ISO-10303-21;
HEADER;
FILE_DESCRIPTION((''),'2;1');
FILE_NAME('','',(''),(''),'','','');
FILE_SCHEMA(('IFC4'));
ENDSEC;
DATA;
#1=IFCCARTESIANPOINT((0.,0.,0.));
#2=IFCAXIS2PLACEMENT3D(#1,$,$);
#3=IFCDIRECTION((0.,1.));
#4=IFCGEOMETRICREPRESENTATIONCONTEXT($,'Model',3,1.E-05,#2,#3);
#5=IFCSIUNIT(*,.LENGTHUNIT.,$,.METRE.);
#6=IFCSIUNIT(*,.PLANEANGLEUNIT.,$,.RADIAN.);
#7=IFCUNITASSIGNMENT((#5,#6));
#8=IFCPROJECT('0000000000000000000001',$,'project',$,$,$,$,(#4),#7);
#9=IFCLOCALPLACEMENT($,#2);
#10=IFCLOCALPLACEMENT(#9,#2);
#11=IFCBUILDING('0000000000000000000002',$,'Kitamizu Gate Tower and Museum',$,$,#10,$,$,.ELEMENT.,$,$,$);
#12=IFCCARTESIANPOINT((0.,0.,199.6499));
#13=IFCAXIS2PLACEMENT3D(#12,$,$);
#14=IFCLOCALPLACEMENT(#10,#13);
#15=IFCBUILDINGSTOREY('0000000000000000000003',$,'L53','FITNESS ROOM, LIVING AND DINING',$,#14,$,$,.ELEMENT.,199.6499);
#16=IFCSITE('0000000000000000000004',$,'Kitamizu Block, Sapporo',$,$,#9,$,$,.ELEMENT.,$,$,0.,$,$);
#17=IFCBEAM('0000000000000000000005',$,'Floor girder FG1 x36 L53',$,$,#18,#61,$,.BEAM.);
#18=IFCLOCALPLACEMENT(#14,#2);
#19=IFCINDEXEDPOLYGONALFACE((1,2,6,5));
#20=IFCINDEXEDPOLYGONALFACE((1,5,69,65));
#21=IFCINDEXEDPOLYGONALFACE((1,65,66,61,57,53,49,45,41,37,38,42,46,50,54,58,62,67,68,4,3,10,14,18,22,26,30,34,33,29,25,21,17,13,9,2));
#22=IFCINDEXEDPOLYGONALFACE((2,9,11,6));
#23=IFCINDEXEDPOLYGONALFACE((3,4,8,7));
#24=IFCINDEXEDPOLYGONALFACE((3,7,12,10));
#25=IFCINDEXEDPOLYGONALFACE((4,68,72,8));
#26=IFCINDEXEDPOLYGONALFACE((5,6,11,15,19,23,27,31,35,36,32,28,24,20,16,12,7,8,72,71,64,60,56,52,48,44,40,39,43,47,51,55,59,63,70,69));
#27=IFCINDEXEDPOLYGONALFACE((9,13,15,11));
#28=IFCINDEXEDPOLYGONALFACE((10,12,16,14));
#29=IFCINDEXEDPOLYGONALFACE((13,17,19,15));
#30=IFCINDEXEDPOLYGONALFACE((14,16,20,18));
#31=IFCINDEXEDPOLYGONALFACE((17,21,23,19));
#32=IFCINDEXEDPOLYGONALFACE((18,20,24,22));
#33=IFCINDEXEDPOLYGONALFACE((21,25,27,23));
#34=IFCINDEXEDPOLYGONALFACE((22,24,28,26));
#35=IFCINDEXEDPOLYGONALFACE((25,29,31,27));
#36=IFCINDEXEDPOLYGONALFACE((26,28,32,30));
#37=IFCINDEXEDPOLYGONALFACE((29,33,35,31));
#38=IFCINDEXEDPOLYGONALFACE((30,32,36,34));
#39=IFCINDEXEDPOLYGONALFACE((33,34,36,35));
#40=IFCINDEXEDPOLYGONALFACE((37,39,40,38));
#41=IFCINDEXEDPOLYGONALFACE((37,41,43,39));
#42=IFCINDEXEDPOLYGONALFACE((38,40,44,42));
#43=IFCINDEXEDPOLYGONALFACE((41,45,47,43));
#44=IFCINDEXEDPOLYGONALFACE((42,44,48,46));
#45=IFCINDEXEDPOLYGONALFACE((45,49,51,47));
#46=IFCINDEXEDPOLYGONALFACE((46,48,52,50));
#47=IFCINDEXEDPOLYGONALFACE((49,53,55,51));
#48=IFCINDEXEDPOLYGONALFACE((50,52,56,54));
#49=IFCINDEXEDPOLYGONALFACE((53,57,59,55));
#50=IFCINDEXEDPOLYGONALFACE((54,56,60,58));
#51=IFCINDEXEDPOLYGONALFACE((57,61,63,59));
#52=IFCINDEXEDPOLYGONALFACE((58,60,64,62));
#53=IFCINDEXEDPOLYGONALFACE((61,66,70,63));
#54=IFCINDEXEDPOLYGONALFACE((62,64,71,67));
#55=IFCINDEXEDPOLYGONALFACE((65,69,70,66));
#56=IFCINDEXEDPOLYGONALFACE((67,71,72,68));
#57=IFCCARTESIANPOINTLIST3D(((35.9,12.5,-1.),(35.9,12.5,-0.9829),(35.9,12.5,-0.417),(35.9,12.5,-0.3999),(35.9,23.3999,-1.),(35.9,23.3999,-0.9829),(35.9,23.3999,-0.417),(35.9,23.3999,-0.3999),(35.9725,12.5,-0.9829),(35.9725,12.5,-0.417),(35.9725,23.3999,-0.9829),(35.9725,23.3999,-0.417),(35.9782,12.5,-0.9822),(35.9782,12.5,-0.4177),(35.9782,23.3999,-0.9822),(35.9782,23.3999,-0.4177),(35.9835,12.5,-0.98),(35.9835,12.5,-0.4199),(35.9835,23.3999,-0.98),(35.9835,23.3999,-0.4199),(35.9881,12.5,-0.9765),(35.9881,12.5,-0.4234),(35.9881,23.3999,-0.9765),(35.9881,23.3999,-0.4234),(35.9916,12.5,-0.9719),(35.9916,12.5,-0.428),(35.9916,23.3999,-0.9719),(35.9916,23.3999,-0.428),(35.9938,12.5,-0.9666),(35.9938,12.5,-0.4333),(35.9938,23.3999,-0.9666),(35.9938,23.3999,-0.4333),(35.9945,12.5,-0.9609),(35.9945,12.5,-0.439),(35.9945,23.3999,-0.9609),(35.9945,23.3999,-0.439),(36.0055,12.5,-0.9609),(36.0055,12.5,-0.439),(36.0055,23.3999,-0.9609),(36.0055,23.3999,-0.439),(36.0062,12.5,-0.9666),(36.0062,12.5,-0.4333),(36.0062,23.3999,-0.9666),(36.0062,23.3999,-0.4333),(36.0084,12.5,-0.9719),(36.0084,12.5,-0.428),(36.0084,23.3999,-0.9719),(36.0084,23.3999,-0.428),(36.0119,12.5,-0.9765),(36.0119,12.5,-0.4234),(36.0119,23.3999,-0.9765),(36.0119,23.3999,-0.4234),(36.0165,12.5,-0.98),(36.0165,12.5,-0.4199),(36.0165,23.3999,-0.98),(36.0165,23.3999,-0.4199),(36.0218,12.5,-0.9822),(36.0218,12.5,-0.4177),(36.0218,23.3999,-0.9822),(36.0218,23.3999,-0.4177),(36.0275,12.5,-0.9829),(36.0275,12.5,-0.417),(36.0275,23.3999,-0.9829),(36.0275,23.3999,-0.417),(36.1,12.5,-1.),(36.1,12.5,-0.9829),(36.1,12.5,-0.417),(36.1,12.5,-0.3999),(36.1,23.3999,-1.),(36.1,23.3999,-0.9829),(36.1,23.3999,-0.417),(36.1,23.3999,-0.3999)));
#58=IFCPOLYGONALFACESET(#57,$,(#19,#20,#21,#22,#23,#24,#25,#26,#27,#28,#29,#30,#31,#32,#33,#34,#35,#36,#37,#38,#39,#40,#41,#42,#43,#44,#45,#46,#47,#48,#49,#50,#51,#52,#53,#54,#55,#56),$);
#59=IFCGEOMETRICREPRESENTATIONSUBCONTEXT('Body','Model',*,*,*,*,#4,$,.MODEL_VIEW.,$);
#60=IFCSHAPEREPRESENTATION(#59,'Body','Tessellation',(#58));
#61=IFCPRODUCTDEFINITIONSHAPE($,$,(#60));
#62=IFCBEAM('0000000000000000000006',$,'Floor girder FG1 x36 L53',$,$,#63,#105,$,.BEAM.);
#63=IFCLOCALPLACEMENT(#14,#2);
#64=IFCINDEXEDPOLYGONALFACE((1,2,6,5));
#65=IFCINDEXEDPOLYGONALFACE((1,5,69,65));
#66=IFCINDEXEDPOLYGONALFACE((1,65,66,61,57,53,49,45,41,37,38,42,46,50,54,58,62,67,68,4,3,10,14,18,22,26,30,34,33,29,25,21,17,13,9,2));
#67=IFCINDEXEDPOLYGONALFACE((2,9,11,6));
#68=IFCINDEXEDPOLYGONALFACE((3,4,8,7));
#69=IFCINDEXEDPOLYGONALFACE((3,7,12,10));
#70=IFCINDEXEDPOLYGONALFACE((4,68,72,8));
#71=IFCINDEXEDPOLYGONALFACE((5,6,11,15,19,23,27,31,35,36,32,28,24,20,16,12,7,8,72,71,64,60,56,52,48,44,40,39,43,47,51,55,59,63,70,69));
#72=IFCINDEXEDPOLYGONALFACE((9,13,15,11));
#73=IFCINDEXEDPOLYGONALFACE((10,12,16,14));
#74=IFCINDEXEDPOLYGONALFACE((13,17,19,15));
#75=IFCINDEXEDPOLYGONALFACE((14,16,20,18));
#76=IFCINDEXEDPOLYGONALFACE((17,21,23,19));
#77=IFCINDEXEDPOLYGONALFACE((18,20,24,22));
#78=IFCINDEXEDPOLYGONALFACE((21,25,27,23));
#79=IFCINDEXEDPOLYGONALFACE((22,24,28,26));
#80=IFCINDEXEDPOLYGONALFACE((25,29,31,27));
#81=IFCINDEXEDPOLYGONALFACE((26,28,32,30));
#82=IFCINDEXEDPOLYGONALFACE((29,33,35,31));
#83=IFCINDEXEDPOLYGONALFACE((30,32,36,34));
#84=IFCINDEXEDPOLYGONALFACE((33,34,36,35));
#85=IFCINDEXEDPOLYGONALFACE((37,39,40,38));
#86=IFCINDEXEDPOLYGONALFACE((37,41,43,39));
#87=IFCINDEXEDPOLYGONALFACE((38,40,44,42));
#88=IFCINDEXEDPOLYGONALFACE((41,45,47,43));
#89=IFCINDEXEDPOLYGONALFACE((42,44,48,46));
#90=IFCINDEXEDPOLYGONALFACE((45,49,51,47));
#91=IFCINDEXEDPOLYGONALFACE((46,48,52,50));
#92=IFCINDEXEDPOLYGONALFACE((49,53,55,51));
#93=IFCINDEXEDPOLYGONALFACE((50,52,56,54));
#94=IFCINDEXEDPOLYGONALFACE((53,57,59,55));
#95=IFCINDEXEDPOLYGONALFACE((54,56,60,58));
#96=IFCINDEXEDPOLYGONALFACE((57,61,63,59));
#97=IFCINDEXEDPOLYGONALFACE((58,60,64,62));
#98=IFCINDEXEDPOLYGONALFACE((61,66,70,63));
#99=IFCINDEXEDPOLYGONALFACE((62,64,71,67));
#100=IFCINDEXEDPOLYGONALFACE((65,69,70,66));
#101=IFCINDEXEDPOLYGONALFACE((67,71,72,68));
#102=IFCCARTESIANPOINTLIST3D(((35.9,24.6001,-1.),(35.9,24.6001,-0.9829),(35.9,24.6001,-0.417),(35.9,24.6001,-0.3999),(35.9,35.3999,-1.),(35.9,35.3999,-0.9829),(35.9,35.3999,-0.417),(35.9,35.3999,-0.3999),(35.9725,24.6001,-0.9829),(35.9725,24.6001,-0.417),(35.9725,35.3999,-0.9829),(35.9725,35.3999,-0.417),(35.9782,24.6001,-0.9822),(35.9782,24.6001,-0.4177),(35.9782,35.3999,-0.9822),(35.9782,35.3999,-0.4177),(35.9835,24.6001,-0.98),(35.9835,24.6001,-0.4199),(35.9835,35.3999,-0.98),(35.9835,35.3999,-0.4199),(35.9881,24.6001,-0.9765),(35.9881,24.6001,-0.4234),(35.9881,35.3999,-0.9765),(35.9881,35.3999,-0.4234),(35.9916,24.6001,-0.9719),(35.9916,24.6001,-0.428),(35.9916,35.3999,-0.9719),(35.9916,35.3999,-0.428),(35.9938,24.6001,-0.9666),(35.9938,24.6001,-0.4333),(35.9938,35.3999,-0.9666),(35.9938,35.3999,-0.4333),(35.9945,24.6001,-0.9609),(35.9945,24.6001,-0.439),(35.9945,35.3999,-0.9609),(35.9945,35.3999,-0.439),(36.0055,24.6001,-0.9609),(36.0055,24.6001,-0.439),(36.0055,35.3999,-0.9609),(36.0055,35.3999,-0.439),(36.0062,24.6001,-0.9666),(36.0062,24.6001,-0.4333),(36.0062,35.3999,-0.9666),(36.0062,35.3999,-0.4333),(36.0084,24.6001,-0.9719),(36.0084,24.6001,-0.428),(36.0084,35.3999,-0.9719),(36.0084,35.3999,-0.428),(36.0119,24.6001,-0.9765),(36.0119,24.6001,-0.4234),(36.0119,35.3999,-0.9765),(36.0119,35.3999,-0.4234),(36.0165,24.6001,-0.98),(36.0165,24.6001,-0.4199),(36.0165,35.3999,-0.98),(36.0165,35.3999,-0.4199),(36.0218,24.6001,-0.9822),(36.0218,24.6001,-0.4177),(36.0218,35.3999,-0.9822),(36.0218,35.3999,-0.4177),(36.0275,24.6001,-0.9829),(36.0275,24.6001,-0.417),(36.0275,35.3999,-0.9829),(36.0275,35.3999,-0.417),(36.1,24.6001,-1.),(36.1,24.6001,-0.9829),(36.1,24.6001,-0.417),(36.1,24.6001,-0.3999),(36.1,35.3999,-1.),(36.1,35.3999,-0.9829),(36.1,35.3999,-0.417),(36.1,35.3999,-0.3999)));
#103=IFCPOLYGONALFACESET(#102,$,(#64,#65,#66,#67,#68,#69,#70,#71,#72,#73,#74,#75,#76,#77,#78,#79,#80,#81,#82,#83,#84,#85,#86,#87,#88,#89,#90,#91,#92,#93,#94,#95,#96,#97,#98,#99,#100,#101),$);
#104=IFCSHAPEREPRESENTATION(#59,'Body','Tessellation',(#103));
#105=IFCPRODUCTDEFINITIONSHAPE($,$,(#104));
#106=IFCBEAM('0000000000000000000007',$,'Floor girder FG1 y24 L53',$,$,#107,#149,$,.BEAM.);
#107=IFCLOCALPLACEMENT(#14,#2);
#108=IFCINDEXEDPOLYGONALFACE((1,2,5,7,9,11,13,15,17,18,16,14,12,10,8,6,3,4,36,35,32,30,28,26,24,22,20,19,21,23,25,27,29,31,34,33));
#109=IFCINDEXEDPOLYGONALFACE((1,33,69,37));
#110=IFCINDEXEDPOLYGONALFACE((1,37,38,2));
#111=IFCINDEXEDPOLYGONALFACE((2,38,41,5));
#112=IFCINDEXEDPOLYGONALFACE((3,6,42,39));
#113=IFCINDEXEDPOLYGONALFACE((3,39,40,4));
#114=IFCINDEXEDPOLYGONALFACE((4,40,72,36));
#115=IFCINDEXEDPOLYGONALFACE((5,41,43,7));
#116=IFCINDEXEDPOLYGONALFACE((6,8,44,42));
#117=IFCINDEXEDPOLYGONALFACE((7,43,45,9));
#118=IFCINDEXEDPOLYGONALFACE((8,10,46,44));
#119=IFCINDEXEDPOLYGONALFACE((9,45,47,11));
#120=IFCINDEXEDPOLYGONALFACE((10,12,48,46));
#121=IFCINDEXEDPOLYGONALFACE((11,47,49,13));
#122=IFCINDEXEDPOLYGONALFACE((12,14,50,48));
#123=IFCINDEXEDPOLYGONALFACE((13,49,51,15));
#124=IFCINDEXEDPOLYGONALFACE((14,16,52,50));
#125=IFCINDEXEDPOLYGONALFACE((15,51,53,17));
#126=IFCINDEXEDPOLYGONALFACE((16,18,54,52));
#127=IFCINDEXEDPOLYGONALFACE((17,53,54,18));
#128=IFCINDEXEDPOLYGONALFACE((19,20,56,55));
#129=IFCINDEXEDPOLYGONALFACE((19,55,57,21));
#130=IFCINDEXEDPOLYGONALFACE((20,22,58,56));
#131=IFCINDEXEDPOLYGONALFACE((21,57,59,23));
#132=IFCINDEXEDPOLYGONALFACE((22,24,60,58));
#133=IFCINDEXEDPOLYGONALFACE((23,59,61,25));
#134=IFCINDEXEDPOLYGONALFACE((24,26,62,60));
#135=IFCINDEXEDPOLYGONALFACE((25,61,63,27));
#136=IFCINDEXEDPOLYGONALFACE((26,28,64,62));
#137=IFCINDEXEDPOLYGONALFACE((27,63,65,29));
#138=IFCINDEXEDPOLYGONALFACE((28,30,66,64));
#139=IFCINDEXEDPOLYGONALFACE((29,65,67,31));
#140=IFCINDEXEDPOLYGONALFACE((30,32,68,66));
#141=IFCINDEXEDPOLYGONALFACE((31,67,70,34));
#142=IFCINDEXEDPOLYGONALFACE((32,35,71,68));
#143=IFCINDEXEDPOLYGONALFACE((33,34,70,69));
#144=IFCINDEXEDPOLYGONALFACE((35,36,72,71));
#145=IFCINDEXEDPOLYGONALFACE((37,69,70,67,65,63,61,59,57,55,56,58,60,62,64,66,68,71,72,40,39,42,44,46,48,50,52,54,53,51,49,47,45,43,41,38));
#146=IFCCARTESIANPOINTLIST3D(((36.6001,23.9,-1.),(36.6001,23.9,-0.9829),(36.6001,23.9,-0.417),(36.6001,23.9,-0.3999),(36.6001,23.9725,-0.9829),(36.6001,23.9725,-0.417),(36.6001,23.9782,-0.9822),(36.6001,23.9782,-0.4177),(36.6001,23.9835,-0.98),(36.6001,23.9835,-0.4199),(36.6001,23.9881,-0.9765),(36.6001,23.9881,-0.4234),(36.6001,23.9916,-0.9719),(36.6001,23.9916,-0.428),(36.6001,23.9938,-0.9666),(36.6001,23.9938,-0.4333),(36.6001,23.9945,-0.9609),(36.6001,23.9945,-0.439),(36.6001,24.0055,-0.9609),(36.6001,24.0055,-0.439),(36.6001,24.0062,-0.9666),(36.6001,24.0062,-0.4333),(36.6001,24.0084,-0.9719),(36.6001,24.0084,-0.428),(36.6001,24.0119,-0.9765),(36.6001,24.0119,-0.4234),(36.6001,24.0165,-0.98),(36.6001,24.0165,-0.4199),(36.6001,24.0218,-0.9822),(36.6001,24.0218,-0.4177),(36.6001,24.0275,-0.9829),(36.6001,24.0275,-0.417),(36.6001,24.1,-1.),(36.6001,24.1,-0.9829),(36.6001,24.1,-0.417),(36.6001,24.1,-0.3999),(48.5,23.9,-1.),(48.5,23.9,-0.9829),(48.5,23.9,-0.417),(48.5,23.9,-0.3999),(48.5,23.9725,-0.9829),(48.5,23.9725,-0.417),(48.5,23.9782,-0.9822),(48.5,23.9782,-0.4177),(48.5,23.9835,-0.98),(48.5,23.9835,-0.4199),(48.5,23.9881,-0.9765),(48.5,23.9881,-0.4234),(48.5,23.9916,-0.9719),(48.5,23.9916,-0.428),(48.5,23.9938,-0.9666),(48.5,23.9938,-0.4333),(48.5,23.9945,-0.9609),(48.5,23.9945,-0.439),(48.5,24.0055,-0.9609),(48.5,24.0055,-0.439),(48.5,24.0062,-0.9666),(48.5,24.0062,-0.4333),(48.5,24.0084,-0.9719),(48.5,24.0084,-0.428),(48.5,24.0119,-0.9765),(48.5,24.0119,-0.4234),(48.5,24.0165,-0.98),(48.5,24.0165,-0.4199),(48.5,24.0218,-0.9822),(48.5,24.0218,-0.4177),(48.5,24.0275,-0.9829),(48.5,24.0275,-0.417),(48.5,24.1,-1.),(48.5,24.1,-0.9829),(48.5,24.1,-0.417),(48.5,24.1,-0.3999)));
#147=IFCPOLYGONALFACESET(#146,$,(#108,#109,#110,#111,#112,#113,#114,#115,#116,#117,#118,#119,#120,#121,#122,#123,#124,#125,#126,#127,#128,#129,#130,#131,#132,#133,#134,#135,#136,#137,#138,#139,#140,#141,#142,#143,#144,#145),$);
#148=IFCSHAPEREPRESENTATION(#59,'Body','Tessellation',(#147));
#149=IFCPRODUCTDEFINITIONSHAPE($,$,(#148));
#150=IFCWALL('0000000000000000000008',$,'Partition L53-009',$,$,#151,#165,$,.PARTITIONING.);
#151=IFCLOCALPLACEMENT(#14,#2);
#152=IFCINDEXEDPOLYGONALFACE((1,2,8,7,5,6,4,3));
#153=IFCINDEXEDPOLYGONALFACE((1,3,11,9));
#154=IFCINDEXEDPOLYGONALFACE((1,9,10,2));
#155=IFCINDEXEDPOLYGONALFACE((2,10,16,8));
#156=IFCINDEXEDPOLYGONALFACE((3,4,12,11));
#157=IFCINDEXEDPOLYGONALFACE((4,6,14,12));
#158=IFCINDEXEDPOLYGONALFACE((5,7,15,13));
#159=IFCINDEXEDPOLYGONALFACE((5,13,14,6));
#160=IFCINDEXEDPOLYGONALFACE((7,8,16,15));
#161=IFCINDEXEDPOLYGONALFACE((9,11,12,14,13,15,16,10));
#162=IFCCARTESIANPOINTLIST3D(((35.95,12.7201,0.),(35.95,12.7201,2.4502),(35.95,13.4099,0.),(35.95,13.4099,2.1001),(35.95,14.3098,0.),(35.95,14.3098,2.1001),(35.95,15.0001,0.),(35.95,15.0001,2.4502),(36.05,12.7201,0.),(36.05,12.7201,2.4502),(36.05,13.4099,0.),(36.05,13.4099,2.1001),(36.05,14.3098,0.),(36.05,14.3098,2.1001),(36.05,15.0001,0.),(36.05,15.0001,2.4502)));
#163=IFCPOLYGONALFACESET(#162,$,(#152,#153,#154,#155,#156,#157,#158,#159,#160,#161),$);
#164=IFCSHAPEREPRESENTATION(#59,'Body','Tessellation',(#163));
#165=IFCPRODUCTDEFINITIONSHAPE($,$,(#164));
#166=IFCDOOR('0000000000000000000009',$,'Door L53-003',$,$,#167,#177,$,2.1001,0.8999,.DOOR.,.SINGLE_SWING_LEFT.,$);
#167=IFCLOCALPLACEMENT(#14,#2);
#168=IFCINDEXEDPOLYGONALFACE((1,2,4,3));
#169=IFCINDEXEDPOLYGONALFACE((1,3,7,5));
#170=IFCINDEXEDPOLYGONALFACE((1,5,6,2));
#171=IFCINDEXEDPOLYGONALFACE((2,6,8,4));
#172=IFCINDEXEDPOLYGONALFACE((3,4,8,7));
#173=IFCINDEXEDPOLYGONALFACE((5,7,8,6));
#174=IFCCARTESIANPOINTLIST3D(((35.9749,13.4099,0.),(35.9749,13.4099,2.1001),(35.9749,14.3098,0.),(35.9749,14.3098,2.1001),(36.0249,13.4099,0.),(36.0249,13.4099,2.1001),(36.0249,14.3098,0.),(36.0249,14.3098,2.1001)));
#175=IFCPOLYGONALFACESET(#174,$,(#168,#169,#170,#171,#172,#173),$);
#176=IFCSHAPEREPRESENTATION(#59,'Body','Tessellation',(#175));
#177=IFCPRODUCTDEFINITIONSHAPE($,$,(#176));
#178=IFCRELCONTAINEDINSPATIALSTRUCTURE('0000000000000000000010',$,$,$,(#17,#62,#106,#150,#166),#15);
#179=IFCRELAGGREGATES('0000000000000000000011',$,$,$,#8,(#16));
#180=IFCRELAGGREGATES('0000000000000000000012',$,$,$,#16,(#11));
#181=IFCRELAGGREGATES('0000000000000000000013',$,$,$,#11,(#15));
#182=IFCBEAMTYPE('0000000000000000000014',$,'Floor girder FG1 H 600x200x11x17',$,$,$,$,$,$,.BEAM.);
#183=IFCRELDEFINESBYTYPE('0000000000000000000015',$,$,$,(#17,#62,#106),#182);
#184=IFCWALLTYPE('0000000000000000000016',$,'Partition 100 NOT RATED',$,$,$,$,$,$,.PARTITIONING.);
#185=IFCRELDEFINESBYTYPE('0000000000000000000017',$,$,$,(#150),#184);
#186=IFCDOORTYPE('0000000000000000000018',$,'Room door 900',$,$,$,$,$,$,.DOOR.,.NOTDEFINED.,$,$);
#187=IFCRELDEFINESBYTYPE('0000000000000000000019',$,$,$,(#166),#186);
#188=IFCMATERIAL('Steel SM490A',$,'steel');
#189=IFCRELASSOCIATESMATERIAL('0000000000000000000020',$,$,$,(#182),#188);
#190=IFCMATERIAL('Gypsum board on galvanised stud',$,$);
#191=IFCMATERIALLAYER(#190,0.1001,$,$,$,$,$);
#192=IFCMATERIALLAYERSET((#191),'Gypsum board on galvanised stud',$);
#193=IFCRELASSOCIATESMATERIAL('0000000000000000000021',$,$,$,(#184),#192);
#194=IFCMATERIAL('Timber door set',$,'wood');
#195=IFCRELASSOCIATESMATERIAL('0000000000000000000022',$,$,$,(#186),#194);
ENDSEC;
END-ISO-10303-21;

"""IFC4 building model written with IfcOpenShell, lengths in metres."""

from ifc_helpers import new_model, si_unit, direction, frame, frame_2d, origin, origin_2d, place, context, subcontext, project, spatial, rectangle, i_section, extrude, material, layer, layer_set, material_profile, profile_set, type_object, element, fill, save


model = new_model("IFC4")

# Units and contexts
model_context = context("Model", 3, precision=1e-05, world=origin(), true_north=direction((0.0, 1.0)))
body_context = subcontext(model_context, "Body", "Model", "MODEL_VIEW")
ifc_project = project(units=[si_unit("LENGTHUNIT", "METRE"), si_unit("PLANEANGLEUNIT", "RADIAN")], contexts=[model_context])

# Site, building, storey
site_placement = place(None, origin())
site = spatial("IfcSite", under=ifc_project, at=site_placement, Name="Kitamizu Block, Sapporo", CompositionType="ELEMENT", RefElevation=0.0)
building_placement = place(site_placement, origin())
building = spatial("IfcBuilding", under=site, at=building_placement, Name="Kitamizu Gate Tower and Museum", CompositionType="ELEMENT")
storey_placement = place(building_placement, frame((0.0, 0.0, 199.6499)))
storey = spatial("IfcBuildingStorey", under=building, at=storey_placement, Name="L53", Description="FITNESS ROOM, LIVING AND DINING", CompositionType="ELEMENT", Elevation=199.6499)

# Beams
ifc_material_1 = material(Name="Steel SM490A", Category="steel")
ifc_material_profile_1 = material_profile(ifc_material_1, i_section(OverallWidth=0.2, OverallDepth=0.6001, WebThickness=0.011, FlangeThickness=0.0171, FilletRadius=0.022, at=origin_2d()), Name="H-600x200x11x17")
ifc_profile_set_1 = profile_set([ifc_material_profile_1], Name="Steel SM490A")
beam_type_1 = type_object("IfcBeamType", Name="Floor girder FG1 H 600x200x11x17", PredefinedType="BEAM", material=ifc_profile_set_1)
beam_1_placement = place(storey_placement, frame((36.0, 12.5, -0.7), z_axis=(0.0, 1.0, 0.0), x_axis=(-1.0, 0.0, 0.0)))
element("IfcBeam", 1, at=beam_1_placement, inside=storey, type_object=beam_type_1, Name="Floor girder FG1 x36 L53", PredefinedType="BEAM", context=body_context, shape_type="SweptSolid", body=[
    extrude(i_section(OverallWidth=0.2, OverallDepth=0.6001, WebThickness=0.011, FlangeThickness=0.0171, FilletRadius=0.022, at=origin_2d()), origin(), (0.0, 0.0, 1.0), 10.8999),
])
beam_2_placement = place(storey_placement, frame((36.0, 24.6001, -0.7), z_axis=(0.0, 1.0, 0.0), x_axis=(-1.0, 0.0, 0.0)))
element("IfcBeam", 2, at=beam_2_placement, inside=storey, type_object=beam_type_1, Name="Floor girder FG1 x36 L53", PredefinedType="BEAM", context=body_context, shape_type="SweptSolid", body=[
    extrude(i_section(OverallWidth=0.2, OverallDepth=0.6001, WebThickness=0.011, FlangeThickness=0.0171, FilletRadius=0.022, at=origin_2d()), origin(), (0.0, 0.0, 1.0), 10.7998),
])
beam_3_placement = place(storey_placement, frame((36.6001, 24.0, -0.7), z_axis=(1.0, 0.0, 0.0), x_axis=(0.0, 1.0, 0.0)))
element("IfcBeam", 3, at=beam_3_placement, inside=storey, type_object=beam_type_1, Name="Floor girder FG1 y24 L53", PredefinedType="BEAM", context=body_context, shape_type="SweptSolid", body=[
    extrude(i_section(OverallWidth=0.2, OverallDepth=0.6001, WebThickness=0.011, FlangeThickness=0.0171, FilletRadius=0.022, at=origin_2d()), origin(), (0.0, 0.0, 1.0), 11.8999),
])

# Wall, opening, door
ifc_material_2 = material(Name="Gypsum board on galvanised stud")
ifc_layer_1 = layer(ifc_material_2, 0.1001)
ifc_layer_set_1 = layer_set([ifc_layer_1], Name="Gypsum board on galvanised stud")
wall_type_1 = type_object("IfcWallType", Name="Partition 100 NOT RATED", PredefinedType="PARTITIONING", material=ifc_layer_set_1)
wall_1_placement = place(storey_placement, frame((36.0, 12.72, 0.0), z_axis=(0.0, 0.0, 1.0), x_axis=(0.0, 1.0, 0.0)))
wall_1 = element("IfcWall", 4, at=wall_1_placement, inside=storey, type_object=wall_type_1, Name="Partition L53-009", PredefinedType="PARTITIONING", context=body_context, shape_type="SweptSolid", body=[
    extrude(rectangle(XDim=2.28, YDim=0.1001, at=frame_2d((1.1401, 0.0))), origin(), (0.0, 0.0, 1.0), 2.4502),
])
opening_1_placement = place(wall_1_placement, frame((0.6899, 0.0, 0.0)))
opening_1 = element("IfcOpeningElement", 5, at=opening_1_placement, cuts=wall_1, PredefinedType="OPENING", context=body_context, shape_type="SweptSolid", body=[
    extrude(rectangle(XDim=0.8999, YDim=2.1001, at=frame_2d((0.45, 1.05))), frame((0.0, 0.0601, 0.0), z_axis=(0.0, -1.0, 0.0), x_axis=(1.0, 0.0, 0.0)), (0.0, 0.0, 1.0), 0.1201),
])
ifc_material_3 = material(Name="Timber door set", Category="wood")
door_type_1 = type_object("IfcDoorType", Name="Room door 900", OperationType="NOTDEFINED", PredefinedType="DOOR", material=ifc_material_3)
door_1_placement = place(opening_1_placement, frame((0.8999, 0.0, 0.0), x_axis=(-1.0, 0.0, 0.0)))
door_1 = element("IfcDoor", 6, at=door_1_placement, inside=storey, type_object=door_type_1, Name="Door L53-003", OperationType="SINGLE_SWING_LEFT", OverallHeight=2.1001, OverallWidth=0.8999, PredefinedType="DOOR", context=body_context, shape_type="SweptSolid", body=[
    extrude(rectangle(XDim=0.8999, YDim=2.1001, at=frame_2d((0.45, 1.05))), frame((0.0, 0.0249, 0.0), z_axis=(0.0, -1.0, 0.0), x_axis=(1.0, 0.0, 0.0)), (0.0, 0.0, 1.0), 0.05),
])
fill(opening_1, door_1)

save(model, "model.ifc")
